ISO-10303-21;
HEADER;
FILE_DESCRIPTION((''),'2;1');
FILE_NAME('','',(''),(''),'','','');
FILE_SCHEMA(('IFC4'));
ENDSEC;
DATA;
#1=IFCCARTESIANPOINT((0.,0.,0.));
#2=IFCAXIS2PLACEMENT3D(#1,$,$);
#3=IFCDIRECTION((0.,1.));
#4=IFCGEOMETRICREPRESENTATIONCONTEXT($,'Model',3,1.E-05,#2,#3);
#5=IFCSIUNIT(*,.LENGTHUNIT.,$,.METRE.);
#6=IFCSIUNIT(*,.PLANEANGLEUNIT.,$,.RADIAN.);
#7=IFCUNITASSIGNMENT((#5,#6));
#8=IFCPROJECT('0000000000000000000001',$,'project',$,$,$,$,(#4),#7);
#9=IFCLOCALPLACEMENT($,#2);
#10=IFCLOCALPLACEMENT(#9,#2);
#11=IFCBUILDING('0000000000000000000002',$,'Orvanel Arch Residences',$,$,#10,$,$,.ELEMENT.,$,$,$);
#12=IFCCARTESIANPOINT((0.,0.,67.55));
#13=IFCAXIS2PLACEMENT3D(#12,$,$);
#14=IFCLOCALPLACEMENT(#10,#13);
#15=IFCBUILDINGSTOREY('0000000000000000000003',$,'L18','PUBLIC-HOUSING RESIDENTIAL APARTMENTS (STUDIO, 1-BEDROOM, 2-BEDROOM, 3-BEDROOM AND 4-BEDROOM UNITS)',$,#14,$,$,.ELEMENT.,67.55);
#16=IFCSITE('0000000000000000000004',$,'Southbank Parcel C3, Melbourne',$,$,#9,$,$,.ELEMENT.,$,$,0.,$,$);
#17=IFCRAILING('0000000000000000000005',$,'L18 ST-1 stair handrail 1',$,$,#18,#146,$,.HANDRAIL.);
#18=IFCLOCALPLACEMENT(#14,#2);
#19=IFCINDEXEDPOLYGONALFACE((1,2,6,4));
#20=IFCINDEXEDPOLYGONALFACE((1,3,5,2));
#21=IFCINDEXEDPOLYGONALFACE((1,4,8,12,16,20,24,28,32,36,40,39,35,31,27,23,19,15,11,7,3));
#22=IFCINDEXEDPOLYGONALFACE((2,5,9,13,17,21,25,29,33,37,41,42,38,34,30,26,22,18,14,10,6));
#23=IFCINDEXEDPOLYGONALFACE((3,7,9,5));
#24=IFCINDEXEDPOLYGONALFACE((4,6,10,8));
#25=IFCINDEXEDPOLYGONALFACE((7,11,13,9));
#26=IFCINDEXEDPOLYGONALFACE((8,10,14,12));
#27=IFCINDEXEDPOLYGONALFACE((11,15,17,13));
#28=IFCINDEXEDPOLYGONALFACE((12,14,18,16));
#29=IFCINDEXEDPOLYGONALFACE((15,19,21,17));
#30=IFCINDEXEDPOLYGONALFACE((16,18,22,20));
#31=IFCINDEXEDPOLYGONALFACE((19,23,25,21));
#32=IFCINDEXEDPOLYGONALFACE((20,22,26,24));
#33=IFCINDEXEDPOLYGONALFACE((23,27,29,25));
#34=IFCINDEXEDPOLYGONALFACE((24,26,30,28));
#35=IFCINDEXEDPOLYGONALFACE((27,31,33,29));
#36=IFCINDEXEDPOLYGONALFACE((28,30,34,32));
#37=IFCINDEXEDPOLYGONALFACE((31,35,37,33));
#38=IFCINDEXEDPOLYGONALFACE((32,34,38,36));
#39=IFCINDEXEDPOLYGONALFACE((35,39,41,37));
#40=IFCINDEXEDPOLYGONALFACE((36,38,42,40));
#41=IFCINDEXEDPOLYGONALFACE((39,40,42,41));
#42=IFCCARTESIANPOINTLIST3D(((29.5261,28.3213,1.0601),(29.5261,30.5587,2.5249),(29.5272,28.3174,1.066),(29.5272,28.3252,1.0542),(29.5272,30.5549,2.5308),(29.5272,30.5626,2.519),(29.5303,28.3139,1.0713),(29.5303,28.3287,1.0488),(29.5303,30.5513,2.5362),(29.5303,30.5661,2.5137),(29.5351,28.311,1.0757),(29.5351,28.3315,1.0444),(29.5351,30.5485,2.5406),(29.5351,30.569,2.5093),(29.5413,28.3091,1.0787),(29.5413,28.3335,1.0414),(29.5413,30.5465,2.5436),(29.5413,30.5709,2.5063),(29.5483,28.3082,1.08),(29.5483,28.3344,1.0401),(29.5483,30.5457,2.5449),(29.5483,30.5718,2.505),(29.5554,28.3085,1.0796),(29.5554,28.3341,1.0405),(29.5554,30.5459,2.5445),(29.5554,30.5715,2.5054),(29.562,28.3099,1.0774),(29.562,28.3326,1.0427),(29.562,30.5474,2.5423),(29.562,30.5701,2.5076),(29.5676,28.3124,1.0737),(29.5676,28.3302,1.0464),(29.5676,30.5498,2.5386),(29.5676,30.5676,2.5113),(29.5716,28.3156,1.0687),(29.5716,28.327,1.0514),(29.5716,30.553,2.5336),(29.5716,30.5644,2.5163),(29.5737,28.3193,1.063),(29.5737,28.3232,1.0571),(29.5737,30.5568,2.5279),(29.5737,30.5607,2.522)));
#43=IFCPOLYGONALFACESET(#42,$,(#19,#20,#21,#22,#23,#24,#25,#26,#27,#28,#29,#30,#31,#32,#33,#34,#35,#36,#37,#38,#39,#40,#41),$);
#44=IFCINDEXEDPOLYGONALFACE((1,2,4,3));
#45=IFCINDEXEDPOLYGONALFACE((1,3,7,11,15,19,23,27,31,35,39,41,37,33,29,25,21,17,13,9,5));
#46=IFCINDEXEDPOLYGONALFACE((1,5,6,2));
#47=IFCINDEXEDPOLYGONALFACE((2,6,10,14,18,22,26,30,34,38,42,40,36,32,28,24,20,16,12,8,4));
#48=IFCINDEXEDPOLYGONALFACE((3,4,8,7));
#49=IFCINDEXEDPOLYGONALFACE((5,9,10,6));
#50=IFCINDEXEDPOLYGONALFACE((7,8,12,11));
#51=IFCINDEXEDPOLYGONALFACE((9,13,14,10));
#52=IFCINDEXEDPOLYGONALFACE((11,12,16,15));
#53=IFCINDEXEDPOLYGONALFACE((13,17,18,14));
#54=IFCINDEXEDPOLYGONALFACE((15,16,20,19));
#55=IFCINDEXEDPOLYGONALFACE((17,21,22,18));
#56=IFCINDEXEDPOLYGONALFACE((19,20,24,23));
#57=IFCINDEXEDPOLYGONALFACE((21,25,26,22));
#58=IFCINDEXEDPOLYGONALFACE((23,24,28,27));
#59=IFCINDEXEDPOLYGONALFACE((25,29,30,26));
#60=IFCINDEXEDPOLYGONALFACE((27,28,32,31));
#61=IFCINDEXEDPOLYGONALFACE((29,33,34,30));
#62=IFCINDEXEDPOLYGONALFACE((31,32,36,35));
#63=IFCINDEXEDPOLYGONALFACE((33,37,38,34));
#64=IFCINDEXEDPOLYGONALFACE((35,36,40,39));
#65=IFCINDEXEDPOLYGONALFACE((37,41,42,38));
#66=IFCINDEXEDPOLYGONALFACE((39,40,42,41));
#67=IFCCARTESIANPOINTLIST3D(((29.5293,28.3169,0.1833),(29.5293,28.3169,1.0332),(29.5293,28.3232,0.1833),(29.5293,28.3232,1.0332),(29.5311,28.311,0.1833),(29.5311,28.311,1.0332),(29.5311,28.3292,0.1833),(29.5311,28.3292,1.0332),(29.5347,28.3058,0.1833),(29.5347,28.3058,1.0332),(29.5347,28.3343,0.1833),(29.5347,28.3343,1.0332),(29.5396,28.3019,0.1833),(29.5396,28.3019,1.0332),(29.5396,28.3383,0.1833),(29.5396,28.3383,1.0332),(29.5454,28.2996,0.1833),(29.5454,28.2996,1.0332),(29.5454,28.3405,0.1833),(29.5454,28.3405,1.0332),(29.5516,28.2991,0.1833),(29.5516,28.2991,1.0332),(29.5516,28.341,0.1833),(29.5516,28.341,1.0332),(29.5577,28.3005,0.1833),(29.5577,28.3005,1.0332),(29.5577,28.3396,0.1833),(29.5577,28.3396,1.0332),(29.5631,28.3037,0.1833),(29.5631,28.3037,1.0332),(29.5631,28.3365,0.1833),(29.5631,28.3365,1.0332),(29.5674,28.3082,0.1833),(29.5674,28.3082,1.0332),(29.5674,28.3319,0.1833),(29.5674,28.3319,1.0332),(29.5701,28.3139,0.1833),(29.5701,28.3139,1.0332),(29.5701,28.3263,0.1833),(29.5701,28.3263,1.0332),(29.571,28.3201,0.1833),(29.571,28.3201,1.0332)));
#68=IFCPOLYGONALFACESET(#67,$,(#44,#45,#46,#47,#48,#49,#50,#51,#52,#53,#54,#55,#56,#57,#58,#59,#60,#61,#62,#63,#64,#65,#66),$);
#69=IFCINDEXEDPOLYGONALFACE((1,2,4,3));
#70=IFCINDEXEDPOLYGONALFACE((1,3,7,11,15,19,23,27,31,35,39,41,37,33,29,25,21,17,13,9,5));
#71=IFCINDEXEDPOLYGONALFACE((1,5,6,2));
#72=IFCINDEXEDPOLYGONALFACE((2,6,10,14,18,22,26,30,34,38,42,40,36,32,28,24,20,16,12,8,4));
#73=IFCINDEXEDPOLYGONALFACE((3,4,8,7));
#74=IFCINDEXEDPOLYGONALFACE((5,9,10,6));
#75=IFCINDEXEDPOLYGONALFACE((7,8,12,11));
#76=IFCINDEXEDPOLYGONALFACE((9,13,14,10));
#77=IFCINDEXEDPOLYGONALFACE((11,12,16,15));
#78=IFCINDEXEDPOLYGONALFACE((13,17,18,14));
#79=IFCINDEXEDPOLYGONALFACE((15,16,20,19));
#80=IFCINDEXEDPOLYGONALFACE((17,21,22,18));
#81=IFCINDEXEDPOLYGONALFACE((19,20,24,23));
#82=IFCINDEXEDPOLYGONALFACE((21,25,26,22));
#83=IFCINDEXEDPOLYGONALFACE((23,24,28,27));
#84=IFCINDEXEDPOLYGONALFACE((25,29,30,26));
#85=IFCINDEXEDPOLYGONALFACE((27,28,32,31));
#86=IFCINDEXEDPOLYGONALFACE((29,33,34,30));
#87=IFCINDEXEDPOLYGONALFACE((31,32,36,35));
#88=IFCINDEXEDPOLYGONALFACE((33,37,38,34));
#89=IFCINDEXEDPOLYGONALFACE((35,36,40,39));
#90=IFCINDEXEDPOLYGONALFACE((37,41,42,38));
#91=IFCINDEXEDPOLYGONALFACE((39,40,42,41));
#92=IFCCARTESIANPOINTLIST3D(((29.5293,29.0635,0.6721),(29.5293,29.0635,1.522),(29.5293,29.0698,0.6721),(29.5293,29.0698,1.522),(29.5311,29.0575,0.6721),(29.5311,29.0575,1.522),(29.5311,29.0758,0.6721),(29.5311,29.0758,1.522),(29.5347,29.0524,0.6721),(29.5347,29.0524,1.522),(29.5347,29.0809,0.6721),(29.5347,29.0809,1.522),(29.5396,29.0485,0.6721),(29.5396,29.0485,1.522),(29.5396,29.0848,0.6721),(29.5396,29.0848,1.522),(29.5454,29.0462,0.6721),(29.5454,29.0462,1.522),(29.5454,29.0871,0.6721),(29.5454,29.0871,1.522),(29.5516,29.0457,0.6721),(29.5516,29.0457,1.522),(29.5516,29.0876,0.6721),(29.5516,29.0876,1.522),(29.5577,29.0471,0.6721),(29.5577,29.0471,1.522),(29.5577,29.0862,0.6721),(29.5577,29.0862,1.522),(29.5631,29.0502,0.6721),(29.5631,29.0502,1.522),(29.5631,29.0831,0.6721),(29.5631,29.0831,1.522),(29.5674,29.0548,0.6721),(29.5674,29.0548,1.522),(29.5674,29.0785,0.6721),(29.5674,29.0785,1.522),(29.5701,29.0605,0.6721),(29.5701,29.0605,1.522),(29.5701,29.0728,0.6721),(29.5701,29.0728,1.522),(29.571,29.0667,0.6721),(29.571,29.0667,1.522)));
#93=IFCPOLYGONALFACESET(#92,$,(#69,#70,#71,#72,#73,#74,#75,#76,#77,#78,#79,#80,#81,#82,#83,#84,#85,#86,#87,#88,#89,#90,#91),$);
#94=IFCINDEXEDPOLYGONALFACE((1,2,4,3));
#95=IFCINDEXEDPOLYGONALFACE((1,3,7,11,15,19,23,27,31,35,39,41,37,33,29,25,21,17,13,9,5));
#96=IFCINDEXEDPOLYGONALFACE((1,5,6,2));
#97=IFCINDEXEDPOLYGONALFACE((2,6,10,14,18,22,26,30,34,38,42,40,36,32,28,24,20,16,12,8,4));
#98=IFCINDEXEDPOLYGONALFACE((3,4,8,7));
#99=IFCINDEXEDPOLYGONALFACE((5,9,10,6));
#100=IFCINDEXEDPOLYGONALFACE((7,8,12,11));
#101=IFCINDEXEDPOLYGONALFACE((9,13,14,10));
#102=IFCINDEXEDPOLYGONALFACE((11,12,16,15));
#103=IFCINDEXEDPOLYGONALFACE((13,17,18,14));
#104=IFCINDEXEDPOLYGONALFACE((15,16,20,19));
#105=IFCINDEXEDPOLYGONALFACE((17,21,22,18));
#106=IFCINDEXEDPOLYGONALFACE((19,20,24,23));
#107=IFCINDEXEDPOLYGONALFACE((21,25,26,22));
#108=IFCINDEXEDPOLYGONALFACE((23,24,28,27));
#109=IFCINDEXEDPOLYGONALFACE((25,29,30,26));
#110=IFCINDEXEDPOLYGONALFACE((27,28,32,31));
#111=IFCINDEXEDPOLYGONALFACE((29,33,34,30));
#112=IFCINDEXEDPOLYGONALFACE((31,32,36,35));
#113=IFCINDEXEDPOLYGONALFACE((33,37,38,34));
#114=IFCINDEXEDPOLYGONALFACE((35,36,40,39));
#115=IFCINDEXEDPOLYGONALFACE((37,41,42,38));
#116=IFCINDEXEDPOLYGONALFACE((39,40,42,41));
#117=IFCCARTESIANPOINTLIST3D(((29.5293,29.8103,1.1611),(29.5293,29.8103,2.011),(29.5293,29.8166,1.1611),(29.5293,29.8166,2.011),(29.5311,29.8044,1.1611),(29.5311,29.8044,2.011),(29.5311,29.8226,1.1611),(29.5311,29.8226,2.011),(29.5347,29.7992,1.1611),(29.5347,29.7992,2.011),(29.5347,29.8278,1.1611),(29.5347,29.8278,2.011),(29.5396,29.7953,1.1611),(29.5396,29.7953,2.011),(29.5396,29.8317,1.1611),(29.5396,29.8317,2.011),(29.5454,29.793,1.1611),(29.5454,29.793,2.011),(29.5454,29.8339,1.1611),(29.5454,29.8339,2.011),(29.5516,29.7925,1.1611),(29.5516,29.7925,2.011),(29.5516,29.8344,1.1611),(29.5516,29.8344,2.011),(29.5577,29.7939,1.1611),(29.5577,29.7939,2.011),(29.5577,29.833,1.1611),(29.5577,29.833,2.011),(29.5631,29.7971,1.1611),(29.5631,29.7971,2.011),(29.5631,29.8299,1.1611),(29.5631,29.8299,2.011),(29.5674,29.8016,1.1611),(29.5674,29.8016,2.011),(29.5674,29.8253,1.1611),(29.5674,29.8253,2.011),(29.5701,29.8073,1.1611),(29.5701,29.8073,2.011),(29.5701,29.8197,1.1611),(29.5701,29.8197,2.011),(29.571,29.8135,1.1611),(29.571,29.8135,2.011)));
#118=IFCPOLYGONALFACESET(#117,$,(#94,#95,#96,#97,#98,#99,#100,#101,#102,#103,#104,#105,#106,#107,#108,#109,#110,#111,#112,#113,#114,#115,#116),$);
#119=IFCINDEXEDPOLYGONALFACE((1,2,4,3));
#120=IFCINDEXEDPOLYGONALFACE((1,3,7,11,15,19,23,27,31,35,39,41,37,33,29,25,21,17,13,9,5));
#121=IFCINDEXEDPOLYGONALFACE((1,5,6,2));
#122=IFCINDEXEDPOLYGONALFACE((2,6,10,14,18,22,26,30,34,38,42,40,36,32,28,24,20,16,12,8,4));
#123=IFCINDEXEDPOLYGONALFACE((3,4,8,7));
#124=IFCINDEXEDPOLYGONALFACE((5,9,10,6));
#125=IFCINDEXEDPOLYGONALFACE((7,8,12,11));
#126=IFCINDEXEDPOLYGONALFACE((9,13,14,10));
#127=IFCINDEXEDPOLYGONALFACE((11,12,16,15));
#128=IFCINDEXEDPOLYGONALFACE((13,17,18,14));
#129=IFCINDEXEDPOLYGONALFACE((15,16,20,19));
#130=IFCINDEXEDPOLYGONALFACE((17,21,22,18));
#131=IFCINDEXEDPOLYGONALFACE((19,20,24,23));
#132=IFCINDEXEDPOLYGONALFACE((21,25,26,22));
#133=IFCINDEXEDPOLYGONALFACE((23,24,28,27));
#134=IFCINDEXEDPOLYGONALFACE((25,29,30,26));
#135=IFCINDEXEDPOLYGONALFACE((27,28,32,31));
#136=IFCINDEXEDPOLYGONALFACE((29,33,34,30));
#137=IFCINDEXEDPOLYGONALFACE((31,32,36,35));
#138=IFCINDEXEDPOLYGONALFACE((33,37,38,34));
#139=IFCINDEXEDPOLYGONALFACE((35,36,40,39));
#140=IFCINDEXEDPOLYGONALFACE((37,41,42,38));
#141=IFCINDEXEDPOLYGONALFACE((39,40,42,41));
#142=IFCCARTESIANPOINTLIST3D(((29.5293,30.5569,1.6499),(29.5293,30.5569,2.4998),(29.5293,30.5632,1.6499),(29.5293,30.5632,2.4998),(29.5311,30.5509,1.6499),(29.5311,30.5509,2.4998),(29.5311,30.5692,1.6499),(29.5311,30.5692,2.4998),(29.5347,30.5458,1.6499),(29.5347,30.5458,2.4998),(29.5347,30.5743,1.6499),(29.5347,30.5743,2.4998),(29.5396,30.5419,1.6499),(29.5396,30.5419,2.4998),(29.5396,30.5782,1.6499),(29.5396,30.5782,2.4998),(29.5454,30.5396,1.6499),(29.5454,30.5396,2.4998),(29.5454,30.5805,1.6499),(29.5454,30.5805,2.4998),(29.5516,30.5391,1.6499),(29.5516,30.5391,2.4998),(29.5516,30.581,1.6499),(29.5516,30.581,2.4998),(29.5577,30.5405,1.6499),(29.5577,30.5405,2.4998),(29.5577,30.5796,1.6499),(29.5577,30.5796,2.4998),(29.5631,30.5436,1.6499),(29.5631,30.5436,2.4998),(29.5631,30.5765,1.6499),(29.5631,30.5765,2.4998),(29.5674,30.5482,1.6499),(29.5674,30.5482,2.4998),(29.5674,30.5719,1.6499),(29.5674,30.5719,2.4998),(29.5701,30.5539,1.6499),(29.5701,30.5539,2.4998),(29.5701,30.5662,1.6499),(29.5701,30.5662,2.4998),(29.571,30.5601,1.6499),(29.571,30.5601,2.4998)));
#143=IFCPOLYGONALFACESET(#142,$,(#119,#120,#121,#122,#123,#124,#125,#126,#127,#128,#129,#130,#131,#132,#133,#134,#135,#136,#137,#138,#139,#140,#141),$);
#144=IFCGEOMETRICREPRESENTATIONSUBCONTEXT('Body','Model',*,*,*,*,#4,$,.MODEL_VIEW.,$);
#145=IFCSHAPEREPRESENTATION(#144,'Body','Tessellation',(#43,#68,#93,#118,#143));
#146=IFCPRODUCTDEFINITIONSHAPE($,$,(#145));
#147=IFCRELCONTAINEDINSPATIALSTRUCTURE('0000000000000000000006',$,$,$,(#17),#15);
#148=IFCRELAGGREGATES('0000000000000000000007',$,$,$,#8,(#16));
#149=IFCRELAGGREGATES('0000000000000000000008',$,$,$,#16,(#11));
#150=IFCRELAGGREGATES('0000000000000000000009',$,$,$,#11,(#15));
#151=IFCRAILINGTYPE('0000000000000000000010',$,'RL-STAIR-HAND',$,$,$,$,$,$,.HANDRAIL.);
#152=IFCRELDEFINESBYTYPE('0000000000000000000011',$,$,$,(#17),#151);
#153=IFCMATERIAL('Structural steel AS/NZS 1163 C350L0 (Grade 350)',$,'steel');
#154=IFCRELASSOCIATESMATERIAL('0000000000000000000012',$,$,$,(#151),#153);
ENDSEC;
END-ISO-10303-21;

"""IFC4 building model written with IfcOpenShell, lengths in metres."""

from ifc_helpers import new_model, si_unit, direction, frame, origin, origin_2d, place, context, subcontext, project, spatial, circle, extrude, material, type_object, element, save


model = new_model("IFC4")

# Units and contexts
model_context = context("Model", 3, precision=1e-05, world=origin(), true_north=direction((0.0, 1.0)))
body_context = subcontext(model_context, "Body", "Model", "MODEL_VIEW")
ifc_project = project(units=[si_unit("LENGTHUNIT", "METRE"), si_unit("PLANEANGLEUNIT", "RADIAN")], contexts=[model_context])

# Site, building, storey
site_placement = place(None, origin())
site = spatial("IfcSite", under=ifc_project, at=site_placement, Name="Southbank Parcel C3, Melbourne", CompositionType="ELEMENT", RefElevation=0.0)
building_placement = place(site_placement, origin())
building = spatial("IfcBuilding", under=site, at=building_placement, Name="Orvanel Arch Residences", CompositionType="ELEMENT")
storey_placement = place(building_placement, frame((0.0, 0.0, 67.55)))
storey = spatial("IfcBuildingStorey", under=building, at=storey_placement, Name="L18", Description="PUBLIC-HOUSING RESIDENTIAL APARTMENTS (STUDIO, 1-BEDROOM, 2-BEDROOM, 3-BEDROOM AND 4-BEDROOM UNITS)", CompositionType="ELEMENT", Elevation=67.55)

# Railing
ifc_material_1 = material(Name="Structural steel AS/NZS 1163 C350L0 (Grade 350)", Category="steel")
railing_type_1 = type_object("IfcRailingType", Name="RL-STAIR-HAND", PredefinedType="HANDRAIL", material=ifc_material_1)
railing_1_placement = place(storey_placement, frame((29.55, 28.3201, 0.1833)))
element("IfcRailing", 1, at=railing_1_placement, inside=storey, type_object=railing_type_1, Name="L18 ST-1 stair handrail 1", PredefinedType="HANDRAIL", context=body_context, shape_type="SweptSolid", body=[
    extrude(circle(Radius=0.0239, at=origin_2d()), frame((0.0, 0.0012, 0.8767), z_axis=(0.0, 0.836637, 0.547758), x_axis=(-1.0, 0.0, 0.0)), (0.0, 0.0, 1.0), 2.6743),
    extrude(circle(Radius=0.021, at=origin_2d()), origin(), (0.0, 0.0, 1.0), 0.8499),
    extrude(circle(Radius=0.021, at=origin_2d()), frame((0.0, 0.7466, 0.4888)), (0.0, 0.0, 1.0), 0.8499),
    extrude(circle(Radius=0.021, at=origin_2d()), frame((0.0, 1.4934, 0.9778)), (0.0, 0.0, 1.0), 0.8499),
    extrude(circle(Radius=0.021, at=origin_2d()), frame((0.0, 2.24, 1.4666)), (0.0, 0.0, 1.0), 0.8499),
])

save(model, "model.ifc")
